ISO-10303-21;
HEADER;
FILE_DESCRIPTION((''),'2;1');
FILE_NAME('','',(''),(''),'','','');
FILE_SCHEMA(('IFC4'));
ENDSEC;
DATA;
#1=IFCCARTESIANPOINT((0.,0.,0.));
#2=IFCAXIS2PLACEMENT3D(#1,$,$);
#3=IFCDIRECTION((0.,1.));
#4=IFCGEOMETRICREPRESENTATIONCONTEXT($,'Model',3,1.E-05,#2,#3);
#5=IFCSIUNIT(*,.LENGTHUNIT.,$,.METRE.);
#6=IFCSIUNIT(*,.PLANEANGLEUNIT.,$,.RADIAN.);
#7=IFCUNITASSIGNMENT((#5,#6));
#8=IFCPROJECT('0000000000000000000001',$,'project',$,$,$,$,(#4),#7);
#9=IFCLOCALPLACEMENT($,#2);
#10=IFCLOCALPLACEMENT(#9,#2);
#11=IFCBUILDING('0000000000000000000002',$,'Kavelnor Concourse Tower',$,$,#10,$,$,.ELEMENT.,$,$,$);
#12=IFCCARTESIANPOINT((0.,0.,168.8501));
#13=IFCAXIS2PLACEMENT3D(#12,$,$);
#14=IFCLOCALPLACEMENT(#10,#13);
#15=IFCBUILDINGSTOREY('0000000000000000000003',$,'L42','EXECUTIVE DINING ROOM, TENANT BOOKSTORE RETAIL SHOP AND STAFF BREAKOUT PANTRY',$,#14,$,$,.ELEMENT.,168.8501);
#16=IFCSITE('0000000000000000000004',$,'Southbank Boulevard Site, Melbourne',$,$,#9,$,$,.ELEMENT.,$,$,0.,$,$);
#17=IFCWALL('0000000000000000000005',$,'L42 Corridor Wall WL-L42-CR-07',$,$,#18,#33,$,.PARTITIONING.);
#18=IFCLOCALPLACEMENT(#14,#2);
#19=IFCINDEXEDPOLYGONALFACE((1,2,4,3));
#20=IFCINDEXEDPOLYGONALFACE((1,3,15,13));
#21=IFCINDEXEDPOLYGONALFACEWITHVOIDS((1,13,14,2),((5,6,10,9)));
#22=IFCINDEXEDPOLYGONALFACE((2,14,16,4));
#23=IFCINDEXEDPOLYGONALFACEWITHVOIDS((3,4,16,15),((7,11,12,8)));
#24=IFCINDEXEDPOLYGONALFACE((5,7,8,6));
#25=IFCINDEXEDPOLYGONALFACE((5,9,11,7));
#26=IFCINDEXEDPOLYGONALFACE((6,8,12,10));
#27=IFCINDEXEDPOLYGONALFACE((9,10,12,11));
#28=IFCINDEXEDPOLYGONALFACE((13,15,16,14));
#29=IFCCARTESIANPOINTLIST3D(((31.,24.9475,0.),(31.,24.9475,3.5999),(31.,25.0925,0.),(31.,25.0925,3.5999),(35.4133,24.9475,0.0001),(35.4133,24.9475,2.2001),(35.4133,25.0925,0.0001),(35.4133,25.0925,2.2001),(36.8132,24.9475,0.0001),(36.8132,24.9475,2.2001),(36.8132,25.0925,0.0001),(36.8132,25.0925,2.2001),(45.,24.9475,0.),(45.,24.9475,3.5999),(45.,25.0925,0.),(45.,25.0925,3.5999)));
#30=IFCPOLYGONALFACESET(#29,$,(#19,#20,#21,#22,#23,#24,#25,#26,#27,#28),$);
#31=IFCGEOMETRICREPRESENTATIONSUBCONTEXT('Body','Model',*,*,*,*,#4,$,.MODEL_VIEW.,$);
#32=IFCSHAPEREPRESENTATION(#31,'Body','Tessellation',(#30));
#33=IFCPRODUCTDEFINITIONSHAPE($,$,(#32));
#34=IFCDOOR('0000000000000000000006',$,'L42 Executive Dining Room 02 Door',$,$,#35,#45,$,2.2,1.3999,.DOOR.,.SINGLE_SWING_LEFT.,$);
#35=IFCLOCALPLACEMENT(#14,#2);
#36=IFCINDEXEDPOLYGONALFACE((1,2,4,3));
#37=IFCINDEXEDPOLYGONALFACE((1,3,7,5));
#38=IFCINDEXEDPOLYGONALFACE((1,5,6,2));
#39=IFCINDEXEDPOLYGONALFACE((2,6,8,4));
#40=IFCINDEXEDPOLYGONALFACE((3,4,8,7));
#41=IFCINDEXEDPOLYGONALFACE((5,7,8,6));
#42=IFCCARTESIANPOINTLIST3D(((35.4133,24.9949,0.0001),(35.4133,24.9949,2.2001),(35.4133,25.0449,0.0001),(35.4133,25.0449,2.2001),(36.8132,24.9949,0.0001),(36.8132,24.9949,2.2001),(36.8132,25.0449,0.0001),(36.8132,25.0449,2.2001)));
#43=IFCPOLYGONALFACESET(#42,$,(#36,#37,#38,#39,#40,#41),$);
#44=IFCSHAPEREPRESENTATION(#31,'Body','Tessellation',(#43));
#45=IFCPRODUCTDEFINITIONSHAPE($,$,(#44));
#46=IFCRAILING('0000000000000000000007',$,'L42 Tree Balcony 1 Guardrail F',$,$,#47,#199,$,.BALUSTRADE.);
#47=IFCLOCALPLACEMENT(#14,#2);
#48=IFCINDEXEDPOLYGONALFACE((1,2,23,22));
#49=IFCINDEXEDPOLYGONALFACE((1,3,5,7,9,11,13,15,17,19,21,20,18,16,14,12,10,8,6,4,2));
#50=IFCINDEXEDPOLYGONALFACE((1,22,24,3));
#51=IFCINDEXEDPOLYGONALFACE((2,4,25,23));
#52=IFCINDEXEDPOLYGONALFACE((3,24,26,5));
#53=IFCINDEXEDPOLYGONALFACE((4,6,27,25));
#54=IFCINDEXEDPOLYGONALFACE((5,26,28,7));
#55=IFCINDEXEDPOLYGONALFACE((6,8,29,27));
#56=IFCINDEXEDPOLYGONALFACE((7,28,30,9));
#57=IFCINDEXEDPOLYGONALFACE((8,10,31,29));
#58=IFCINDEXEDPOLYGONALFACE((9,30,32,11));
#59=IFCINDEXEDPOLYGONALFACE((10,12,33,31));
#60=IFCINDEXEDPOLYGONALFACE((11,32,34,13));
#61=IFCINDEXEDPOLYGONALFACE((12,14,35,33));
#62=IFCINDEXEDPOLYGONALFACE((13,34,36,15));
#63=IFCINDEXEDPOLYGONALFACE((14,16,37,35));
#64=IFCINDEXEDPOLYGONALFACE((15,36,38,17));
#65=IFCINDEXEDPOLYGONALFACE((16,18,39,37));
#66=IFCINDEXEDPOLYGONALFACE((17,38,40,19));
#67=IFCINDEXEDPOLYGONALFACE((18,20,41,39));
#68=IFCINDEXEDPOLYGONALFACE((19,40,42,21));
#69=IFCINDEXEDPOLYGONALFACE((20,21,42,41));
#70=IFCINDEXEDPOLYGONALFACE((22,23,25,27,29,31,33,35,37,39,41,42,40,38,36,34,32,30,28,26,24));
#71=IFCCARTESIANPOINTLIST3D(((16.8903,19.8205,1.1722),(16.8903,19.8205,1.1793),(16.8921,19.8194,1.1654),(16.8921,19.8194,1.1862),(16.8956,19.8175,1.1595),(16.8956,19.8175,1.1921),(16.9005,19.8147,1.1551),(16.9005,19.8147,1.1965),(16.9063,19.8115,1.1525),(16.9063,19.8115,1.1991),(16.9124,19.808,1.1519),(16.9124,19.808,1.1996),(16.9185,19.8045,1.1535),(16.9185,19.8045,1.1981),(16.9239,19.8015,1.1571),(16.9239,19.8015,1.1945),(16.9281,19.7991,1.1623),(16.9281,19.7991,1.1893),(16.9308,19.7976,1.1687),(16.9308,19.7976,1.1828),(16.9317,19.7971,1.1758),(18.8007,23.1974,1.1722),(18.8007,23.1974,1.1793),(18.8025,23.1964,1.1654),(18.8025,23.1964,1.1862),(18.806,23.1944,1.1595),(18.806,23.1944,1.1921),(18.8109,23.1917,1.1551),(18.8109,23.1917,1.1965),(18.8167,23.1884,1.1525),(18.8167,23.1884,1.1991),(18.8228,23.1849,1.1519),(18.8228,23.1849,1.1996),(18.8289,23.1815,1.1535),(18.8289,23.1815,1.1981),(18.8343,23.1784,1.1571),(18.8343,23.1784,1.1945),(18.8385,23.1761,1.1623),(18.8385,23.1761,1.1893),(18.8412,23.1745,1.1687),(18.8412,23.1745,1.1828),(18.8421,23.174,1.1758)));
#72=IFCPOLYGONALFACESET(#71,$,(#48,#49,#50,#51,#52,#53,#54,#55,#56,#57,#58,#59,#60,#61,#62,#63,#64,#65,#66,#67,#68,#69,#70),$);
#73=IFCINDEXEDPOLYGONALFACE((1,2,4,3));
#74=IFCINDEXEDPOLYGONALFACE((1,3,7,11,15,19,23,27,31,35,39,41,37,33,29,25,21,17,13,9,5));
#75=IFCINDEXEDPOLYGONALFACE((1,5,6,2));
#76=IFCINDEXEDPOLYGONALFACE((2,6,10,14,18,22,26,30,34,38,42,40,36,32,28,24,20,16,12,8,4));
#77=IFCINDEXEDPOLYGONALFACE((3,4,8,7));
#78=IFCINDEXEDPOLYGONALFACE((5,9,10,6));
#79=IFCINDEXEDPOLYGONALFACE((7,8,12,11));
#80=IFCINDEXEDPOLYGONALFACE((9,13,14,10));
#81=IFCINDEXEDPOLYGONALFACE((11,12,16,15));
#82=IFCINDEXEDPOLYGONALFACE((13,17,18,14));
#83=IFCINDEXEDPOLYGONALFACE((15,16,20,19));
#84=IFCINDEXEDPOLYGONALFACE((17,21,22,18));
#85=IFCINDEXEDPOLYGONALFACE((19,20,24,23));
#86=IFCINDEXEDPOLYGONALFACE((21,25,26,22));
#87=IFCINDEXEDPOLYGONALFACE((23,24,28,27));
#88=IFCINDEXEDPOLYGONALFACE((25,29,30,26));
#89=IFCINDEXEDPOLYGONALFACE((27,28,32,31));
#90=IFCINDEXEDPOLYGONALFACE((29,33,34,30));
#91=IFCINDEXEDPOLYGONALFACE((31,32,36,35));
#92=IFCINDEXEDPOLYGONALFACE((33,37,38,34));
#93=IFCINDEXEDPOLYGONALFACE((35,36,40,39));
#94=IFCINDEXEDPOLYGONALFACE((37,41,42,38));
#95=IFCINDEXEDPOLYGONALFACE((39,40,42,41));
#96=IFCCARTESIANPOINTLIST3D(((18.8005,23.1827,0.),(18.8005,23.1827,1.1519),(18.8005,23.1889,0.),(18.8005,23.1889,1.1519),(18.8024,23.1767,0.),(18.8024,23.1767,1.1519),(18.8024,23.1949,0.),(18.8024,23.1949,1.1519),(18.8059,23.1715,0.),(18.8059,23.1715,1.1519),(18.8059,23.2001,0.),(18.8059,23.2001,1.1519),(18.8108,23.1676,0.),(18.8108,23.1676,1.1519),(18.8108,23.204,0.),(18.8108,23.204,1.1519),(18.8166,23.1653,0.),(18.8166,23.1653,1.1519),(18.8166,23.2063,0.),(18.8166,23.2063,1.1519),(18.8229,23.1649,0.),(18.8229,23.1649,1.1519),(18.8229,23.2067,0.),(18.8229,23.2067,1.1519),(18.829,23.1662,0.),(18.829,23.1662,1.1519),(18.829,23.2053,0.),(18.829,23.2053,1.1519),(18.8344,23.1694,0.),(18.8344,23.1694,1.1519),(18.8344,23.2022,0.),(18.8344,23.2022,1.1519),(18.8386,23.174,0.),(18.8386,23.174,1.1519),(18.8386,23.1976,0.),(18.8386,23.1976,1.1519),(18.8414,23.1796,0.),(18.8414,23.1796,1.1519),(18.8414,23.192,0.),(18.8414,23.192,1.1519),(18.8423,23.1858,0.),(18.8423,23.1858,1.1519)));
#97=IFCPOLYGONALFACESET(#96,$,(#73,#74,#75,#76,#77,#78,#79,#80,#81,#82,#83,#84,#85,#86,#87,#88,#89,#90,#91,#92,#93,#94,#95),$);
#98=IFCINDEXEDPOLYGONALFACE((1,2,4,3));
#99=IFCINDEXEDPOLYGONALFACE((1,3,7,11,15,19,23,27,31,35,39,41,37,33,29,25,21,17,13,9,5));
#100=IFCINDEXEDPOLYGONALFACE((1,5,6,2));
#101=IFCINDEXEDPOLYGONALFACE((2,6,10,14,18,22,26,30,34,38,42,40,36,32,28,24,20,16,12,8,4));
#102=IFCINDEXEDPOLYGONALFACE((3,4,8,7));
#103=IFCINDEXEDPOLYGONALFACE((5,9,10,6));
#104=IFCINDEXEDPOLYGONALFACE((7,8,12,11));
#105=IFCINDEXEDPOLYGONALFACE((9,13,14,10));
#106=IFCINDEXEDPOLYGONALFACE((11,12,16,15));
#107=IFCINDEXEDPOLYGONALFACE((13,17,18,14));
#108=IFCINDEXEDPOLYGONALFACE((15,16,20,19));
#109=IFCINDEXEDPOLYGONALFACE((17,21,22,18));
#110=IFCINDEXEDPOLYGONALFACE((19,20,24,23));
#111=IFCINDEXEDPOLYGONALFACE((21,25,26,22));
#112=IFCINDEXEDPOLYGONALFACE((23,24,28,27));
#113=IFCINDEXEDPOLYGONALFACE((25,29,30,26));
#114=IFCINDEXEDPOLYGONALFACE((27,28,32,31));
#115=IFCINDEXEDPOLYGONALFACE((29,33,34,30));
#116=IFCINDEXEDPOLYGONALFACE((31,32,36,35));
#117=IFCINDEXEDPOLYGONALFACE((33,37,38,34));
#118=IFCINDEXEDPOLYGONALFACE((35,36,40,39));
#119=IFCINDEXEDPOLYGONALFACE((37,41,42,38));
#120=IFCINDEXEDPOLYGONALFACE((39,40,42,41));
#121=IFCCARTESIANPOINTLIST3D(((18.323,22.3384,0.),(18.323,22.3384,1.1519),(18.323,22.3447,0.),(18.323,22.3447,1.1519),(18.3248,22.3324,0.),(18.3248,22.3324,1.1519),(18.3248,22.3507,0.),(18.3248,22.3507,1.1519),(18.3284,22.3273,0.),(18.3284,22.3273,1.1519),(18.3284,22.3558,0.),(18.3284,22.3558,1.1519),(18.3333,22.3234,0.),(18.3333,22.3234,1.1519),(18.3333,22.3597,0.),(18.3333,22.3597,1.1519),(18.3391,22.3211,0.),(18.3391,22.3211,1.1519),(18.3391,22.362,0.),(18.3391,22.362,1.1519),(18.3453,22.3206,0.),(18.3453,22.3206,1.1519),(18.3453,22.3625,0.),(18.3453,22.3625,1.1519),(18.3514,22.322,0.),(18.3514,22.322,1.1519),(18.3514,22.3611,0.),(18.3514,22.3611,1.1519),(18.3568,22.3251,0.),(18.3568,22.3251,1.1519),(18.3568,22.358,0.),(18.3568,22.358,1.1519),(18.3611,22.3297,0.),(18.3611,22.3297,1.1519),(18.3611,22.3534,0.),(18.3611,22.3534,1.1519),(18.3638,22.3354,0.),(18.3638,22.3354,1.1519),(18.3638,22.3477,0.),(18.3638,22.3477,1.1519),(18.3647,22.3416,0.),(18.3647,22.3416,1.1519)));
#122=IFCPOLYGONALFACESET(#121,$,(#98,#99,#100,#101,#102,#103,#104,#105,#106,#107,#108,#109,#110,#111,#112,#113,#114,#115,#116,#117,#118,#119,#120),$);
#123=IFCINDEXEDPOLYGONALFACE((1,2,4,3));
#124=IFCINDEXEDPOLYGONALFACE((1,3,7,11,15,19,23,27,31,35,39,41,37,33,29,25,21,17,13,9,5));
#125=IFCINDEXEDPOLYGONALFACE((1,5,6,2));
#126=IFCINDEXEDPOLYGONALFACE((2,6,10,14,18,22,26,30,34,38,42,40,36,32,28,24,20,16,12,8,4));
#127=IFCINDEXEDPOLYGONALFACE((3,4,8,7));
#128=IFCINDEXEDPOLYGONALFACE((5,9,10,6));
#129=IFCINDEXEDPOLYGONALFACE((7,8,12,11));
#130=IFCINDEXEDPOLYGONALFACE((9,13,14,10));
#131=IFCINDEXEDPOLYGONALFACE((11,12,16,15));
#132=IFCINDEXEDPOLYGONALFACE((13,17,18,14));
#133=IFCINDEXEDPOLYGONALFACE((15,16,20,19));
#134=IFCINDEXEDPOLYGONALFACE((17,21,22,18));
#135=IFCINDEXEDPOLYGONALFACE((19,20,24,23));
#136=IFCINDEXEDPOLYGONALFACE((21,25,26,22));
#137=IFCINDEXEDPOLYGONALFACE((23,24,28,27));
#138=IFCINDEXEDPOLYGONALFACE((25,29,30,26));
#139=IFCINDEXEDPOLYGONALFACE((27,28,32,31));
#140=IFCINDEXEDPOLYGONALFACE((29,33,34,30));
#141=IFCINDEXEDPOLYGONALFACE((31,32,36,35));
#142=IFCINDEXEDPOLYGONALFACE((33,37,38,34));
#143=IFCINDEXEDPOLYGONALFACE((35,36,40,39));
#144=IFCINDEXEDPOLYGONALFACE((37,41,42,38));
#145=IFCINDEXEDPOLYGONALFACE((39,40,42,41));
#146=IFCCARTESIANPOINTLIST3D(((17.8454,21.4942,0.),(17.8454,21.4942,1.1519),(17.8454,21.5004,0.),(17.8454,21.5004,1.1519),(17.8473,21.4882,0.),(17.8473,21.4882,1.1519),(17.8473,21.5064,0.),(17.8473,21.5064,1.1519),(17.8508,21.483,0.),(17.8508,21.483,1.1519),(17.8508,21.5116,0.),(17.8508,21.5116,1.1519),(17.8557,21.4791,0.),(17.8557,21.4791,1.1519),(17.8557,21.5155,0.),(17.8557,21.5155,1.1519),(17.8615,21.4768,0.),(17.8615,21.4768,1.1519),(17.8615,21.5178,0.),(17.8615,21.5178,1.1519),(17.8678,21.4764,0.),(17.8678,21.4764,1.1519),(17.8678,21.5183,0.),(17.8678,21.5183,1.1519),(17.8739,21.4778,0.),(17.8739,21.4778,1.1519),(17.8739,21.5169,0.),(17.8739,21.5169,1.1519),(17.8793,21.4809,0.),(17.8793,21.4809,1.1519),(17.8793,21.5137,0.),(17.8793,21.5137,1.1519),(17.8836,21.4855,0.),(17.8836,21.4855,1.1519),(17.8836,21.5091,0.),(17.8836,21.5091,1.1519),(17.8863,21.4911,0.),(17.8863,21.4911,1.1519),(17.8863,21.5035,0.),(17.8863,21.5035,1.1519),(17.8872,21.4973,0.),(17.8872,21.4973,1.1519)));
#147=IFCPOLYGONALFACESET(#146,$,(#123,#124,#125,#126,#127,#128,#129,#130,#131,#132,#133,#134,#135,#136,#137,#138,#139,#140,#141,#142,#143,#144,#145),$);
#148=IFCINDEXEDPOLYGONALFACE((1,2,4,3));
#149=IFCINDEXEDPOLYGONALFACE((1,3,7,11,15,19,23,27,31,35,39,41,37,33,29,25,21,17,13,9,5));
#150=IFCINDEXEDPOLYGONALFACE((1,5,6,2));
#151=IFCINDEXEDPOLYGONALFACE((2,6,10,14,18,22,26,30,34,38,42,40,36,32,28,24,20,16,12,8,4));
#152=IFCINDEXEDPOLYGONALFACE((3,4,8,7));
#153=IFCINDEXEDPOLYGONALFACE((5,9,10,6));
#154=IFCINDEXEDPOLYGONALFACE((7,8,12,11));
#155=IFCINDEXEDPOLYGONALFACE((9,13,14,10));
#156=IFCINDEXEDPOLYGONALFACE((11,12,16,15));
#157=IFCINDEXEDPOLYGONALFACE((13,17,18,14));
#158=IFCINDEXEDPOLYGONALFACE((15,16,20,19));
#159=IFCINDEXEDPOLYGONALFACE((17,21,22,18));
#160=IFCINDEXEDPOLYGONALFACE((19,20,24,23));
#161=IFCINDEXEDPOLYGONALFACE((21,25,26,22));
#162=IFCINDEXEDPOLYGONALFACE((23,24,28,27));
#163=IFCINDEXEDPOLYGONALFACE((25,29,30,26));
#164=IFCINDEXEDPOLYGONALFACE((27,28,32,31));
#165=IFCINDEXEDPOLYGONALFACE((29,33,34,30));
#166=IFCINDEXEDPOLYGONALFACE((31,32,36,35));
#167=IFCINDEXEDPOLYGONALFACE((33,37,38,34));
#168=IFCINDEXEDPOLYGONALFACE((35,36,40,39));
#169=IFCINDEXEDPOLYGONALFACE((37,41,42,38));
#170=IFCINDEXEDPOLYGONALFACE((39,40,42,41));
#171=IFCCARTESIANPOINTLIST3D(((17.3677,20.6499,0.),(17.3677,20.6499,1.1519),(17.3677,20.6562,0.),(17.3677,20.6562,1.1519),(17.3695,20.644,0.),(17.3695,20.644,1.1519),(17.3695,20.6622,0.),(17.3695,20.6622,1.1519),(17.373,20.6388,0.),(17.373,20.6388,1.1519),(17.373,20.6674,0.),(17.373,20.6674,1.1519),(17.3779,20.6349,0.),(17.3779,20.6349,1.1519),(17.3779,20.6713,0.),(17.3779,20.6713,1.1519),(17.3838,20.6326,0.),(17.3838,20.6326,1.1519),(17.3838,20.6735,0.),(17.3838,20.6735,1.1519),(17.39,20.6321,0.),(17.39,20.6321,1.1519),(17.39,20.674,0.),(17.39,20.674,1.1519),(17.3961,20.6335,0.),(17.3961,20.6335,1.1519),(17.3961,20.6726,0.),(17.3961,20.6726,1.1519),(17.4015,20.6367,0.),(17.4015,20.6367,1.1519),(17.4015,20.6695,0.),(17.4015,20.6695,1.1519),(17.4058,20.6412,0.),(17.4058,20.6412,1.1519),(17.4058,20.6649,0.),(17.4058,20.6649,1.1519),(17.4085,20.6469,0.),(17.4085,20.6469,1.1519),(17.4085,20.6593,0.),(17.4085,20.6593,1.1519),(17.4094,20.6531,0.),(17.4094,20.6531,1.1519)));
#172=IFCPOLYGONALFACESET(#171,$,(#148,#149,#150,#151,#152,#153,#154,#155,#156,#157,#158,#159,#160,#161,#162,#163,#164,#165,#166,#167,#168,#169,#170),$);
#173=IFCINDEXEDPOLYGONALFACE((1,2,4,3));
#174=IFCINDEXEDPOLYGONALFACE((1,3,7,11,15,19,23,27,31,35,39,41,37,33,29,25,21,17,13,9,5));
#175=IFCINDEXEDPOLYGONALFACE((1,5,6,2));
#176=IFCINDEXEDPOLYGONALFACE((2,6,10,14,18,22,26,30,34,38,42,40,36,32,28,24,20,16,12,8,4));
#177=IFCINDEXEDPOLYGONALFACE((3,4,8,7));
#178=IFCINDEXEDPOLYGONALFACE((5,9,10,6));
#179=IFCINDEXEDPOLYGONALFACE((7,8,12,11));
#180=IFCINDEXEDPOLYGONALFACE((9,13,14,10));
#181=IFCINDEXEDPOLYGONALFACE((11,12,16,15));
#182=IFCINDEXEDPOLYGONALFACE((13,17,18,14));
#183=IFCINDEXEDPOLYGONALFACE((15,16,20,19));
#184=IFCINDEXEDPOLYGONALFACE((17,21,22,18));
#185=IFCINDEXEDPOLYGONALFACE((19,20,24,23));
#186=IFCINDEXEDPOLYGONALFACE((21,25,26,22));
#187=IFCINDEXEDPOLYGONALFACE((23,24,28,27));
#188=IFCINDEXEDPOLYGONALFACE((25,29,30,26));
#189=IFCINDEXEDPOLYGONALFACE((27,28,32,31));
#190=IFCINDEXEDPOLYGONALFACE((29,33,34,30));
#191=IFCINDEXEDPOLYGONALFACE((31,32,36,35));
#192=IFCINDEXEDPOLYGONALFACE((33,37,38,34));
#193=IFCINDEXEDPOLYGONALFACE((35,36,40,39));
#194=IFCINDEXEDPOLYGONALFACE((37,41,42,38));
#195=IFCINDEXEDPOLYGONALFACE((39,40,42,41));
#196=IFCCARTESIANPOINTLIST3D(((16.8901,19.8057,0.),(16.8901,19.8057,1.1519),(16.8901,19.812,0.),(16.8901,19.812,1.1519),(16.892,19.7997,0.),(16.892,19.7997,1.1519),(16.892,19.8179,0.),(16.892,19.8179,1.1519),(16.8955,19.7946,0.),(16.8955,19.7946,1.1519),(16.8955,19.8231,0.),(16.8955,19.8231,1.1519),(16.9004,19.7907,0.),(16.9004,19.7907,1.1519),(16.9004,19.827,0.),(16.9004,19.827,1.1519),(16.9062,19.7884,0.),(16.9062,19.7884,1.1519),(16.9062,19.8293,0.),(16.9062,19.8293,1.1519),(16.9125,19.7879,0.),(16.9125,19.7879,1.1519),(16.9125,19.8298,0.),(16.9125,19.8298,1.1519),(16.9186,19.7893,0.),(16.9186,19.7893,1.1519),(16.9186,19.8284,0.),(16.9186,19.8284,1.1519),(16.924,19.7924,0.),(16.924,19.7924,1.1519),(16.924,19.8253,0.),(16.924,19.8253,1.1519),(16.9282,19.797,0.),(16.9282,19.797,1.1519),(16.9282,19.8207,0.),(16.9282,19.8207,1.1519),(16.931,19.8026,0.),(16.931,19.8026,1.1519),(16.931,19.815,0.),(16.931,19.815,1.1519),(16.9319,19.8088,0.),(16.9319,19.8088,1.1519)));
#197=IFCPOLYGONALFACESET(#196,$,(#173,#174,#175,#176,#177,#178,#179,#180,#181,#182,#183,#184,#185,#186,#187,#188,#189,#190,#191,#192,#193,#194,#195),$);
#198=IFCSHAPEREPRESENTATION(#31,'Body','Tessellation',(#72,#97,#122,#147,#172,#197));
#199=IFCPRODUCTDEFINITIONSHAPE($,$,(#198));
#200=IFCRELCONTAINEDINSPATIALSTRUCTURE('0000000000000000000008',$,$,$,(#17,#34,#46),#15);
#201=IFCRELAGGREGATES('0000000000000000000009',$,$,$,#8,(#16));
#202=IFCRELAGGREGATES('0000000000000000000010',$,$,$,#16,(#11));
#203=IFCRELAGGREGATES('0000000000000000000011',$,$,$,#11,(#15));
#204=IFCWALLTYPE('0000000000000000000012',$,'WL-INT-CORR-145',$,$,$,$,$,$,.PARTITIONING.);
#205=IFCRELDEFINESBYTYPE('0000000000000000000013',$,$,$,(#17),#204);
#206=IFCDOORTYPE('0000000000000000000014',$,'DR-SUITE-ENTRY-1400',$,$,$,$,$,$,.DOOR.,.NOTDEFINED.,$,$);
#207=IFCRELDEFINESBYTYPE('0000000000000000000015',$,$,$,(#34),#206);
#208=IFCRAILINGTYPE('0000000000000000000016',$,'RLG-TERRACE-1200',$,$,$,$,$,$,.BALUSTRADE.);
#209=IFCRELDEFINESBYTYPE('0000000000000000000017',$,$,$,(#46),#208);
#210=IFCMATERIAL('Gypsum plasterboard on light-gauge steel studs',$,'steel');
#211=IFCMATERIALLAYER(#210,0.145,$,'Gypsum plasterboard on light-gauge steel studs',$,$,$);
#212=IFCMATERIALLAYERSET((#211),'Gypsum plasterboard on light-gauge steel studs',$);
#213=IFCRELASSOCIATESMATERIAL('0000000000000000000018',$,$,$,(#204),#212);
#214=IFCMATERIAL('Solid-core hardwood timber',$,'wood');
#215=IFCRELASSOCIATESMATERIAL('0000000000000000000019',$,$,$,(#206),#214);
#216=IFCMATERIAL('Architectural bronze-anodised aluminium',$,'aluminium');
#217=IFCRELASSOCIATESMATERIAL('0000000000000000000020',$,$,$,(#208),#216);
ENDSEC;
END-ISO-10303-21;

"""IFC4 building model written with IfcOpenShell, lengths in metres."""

from ifc_helpers import new_model, si_unit, direction, frame, frame_2d, origin, origin_2d, place, context, subcontext, project, spatial, rectangle, circle, extrude, material, layer, layer_set, type_object, element, fill, save


model = new_model("IFC4")

# Units and contexts
model_context = context("Model", 3, precision=1e-05, world=origin(), true_north=direction((0.0, 1.0)))
body_context = subcontext(model_context, "Body", "Model", "MODEL_VIEW")
ifc_project = project(units=[si_unit("LENGTHUNIT", "METRE"), si_unit("PLANEANGLEUNIT", "RADIAN")], contexts=[model_context])

# Site, building, storey
site_placement = place(None, origin())
site = spatial("IfcSite", under=ifc_project, at=site_placement, Name="Southbank Boulevard Site, Melbourne", CompositionType="ELEMENT", RefElevation=0.0)
building_placement = place(site_placement, origin())
building = spatial("IfcBuilding", under=site, at=building_placement, Name="Kavelnor Concourse Tower", CompositionType="ELEMENT")
storey_placement = place(building_placement, frame((0.0, 0.0, 168.8501)))
storey = spatial("IfcBuildingStorey", under=building, at=storey_placement, Name="L42", Description="EXECUTIVE DINING ROOM, TENANT BOOKSTORE RETAIL SHOP AND STAFF BREAKOUT PANTRY", CompositionType="ELEMENT", Elevation=168.8501)

# Shared definitions
ifc_material_1 = material(Name="Gypsum plasterboard on light-gauge steel studs", Category="steel")
ifc_layer_1 = layer(ifc_material_1, 0.145, Name="Gypsum plasterboard on light-gauge steel studs")
ifc_layer_set_1 = layer_set([ifc_layer_1], Name="Gypsum plasterboard on light-gauge steel studs")
wall_type_1 = type_object("IfcWallType", Name="WL-INT-CORR-145", PredefinedType="PARTITIONING", material=ifc_layer_set_1)

# Wall, opening, door
wall_1_placement = place(storey_placement, frame((31.0, 25.02, 0.0), z_axis=(0.0, 0.0, 1.0), x_axis=(1.0, 0.0, 0.0)))
wall_1 = element("IfcWall", 1, at=wall_1_placement, inside=storey, type_object=wall_type_1, Name="L42 Corridor Wall WL-L42-CR-07", PredefinedType="PARTITIONING", context=body_context, shape_type="SweptSolid", body=[
    extrude(rectangle(XDim=14.0, YDim=0.145, at=frame_2d((7.0, 0.0))), origin(), (0.0, 0.0, 1.0), 3.5999),
])
opening_1_placement = place(wall_1_placement, frame((4.4133, 0.0, 0.0)))
opening_1 = element("IfcOpeningElement", 2, at=opening_1_placement, cuts=wall_1, PredefinedType="OPENING", context=body_context, shape_type="SweptSolid", body=[
    extrude(rectangle(XDim=1.3999, YDim=2.2, at=frame_2d((0.7, 1.1001))), frame((0.0, 0.0825, 0.0), z_axis=(0.0, -1.0, 0.0), x_axis=(1.0, 0.0, 0.0)), (0.0, 0.0, 1.0), 0.165),
])
ifc_material_2 = material(Name="Solid-core hardwood timber", Category="wood")
door_type = type_object("IfcDoorType", Name="DR-SUITE-ENTRY-1400", OperationType="NOTDEFINED", PredefinedType="DOOR", material=ifc_material_2)
door_placement = place(opening_1_placement, origin())
door = element("IfcDoor", 3, at=door_placement, inside=storey, type_object=door_type, Name="L42 Executive Dining Room 02 Door", OperationType="SINGLE_SWING_LEFT", OverallHeight=2.2, OverallWidth=1.3999, PredefinedType="DOOR", context=body_context, shape_type="SweptSolid", body=[
    extrude(rectangle(XDim=1.3999, YDim=2.2, at=frame_2d((0.7, 1.1001))), frame((0.0, 0.0249, 0.0), z_axis=(0.0, -1.0, 0.0), x_axis=(1.0, 0.0, 0.0)), (0.0, 0.0, 1.0), 0.05),
])
fill(opening_1, door)

# Railing
ifc_material_3 = material(Name="Architectural bronze-anodised aluminium", Category="aluminium")
railing_type = type_object("IfcRailingType", Name="RLG-TERRACE-1200", PredefinedType="BALUSTRADE", material=ifc_material_3)
railing_placement = place(storey_placement, frame((18.8213, 23.1858, 0.0)))
element("IfcRailing", 4, at=railing_placement, inside=storey, type_object=railing_type, Name="L42 Tree Balcony 1 Guardrail F", PredefinedType="BALUSTRADE", context=body_context, shape_type="SweptSolid", body=[
    extrude(circle(Radius=0.0239, at=origin_2d()), frame((0.0, 0.0, 1.1758), z_axis=(-0.492387, -0.870376, 0.0), x_axis=(0.870376, -0.492387, 0.0)), (0.0, 0.0, 1.0), 3.8799),
    extrude(circle(Radius=0.021, at=origin_2d()), origin(), (0.0, 0.0, 1.0), 1.1519),
    extrude(circle(Radius=0.021, at=origin_2d()), frame((-0.4775, -0.8442, 0.0)), (0.0, 0.0, 1.0), 1.1519),
    extrude(circle(Radius=0.021, at=origin_2d()), frame((-0.9551, -1.6885, 0.0)), (0.0, 0.0, 1.0), 1.1519),
    extrude(circle(Radius=0.021, at=origin_2d()), frame((-1.4329, -2.5327, 0.0)), (0.0, 0.0, 1.0), 1.1519),
    extrude(circle(Radius=0.021, at=origin_2d()), frame((-1.9104, -3.377, 0.0)), (0.0, 0.0, 1.0), 1.1519),
])

save(model, "model.ifc")
